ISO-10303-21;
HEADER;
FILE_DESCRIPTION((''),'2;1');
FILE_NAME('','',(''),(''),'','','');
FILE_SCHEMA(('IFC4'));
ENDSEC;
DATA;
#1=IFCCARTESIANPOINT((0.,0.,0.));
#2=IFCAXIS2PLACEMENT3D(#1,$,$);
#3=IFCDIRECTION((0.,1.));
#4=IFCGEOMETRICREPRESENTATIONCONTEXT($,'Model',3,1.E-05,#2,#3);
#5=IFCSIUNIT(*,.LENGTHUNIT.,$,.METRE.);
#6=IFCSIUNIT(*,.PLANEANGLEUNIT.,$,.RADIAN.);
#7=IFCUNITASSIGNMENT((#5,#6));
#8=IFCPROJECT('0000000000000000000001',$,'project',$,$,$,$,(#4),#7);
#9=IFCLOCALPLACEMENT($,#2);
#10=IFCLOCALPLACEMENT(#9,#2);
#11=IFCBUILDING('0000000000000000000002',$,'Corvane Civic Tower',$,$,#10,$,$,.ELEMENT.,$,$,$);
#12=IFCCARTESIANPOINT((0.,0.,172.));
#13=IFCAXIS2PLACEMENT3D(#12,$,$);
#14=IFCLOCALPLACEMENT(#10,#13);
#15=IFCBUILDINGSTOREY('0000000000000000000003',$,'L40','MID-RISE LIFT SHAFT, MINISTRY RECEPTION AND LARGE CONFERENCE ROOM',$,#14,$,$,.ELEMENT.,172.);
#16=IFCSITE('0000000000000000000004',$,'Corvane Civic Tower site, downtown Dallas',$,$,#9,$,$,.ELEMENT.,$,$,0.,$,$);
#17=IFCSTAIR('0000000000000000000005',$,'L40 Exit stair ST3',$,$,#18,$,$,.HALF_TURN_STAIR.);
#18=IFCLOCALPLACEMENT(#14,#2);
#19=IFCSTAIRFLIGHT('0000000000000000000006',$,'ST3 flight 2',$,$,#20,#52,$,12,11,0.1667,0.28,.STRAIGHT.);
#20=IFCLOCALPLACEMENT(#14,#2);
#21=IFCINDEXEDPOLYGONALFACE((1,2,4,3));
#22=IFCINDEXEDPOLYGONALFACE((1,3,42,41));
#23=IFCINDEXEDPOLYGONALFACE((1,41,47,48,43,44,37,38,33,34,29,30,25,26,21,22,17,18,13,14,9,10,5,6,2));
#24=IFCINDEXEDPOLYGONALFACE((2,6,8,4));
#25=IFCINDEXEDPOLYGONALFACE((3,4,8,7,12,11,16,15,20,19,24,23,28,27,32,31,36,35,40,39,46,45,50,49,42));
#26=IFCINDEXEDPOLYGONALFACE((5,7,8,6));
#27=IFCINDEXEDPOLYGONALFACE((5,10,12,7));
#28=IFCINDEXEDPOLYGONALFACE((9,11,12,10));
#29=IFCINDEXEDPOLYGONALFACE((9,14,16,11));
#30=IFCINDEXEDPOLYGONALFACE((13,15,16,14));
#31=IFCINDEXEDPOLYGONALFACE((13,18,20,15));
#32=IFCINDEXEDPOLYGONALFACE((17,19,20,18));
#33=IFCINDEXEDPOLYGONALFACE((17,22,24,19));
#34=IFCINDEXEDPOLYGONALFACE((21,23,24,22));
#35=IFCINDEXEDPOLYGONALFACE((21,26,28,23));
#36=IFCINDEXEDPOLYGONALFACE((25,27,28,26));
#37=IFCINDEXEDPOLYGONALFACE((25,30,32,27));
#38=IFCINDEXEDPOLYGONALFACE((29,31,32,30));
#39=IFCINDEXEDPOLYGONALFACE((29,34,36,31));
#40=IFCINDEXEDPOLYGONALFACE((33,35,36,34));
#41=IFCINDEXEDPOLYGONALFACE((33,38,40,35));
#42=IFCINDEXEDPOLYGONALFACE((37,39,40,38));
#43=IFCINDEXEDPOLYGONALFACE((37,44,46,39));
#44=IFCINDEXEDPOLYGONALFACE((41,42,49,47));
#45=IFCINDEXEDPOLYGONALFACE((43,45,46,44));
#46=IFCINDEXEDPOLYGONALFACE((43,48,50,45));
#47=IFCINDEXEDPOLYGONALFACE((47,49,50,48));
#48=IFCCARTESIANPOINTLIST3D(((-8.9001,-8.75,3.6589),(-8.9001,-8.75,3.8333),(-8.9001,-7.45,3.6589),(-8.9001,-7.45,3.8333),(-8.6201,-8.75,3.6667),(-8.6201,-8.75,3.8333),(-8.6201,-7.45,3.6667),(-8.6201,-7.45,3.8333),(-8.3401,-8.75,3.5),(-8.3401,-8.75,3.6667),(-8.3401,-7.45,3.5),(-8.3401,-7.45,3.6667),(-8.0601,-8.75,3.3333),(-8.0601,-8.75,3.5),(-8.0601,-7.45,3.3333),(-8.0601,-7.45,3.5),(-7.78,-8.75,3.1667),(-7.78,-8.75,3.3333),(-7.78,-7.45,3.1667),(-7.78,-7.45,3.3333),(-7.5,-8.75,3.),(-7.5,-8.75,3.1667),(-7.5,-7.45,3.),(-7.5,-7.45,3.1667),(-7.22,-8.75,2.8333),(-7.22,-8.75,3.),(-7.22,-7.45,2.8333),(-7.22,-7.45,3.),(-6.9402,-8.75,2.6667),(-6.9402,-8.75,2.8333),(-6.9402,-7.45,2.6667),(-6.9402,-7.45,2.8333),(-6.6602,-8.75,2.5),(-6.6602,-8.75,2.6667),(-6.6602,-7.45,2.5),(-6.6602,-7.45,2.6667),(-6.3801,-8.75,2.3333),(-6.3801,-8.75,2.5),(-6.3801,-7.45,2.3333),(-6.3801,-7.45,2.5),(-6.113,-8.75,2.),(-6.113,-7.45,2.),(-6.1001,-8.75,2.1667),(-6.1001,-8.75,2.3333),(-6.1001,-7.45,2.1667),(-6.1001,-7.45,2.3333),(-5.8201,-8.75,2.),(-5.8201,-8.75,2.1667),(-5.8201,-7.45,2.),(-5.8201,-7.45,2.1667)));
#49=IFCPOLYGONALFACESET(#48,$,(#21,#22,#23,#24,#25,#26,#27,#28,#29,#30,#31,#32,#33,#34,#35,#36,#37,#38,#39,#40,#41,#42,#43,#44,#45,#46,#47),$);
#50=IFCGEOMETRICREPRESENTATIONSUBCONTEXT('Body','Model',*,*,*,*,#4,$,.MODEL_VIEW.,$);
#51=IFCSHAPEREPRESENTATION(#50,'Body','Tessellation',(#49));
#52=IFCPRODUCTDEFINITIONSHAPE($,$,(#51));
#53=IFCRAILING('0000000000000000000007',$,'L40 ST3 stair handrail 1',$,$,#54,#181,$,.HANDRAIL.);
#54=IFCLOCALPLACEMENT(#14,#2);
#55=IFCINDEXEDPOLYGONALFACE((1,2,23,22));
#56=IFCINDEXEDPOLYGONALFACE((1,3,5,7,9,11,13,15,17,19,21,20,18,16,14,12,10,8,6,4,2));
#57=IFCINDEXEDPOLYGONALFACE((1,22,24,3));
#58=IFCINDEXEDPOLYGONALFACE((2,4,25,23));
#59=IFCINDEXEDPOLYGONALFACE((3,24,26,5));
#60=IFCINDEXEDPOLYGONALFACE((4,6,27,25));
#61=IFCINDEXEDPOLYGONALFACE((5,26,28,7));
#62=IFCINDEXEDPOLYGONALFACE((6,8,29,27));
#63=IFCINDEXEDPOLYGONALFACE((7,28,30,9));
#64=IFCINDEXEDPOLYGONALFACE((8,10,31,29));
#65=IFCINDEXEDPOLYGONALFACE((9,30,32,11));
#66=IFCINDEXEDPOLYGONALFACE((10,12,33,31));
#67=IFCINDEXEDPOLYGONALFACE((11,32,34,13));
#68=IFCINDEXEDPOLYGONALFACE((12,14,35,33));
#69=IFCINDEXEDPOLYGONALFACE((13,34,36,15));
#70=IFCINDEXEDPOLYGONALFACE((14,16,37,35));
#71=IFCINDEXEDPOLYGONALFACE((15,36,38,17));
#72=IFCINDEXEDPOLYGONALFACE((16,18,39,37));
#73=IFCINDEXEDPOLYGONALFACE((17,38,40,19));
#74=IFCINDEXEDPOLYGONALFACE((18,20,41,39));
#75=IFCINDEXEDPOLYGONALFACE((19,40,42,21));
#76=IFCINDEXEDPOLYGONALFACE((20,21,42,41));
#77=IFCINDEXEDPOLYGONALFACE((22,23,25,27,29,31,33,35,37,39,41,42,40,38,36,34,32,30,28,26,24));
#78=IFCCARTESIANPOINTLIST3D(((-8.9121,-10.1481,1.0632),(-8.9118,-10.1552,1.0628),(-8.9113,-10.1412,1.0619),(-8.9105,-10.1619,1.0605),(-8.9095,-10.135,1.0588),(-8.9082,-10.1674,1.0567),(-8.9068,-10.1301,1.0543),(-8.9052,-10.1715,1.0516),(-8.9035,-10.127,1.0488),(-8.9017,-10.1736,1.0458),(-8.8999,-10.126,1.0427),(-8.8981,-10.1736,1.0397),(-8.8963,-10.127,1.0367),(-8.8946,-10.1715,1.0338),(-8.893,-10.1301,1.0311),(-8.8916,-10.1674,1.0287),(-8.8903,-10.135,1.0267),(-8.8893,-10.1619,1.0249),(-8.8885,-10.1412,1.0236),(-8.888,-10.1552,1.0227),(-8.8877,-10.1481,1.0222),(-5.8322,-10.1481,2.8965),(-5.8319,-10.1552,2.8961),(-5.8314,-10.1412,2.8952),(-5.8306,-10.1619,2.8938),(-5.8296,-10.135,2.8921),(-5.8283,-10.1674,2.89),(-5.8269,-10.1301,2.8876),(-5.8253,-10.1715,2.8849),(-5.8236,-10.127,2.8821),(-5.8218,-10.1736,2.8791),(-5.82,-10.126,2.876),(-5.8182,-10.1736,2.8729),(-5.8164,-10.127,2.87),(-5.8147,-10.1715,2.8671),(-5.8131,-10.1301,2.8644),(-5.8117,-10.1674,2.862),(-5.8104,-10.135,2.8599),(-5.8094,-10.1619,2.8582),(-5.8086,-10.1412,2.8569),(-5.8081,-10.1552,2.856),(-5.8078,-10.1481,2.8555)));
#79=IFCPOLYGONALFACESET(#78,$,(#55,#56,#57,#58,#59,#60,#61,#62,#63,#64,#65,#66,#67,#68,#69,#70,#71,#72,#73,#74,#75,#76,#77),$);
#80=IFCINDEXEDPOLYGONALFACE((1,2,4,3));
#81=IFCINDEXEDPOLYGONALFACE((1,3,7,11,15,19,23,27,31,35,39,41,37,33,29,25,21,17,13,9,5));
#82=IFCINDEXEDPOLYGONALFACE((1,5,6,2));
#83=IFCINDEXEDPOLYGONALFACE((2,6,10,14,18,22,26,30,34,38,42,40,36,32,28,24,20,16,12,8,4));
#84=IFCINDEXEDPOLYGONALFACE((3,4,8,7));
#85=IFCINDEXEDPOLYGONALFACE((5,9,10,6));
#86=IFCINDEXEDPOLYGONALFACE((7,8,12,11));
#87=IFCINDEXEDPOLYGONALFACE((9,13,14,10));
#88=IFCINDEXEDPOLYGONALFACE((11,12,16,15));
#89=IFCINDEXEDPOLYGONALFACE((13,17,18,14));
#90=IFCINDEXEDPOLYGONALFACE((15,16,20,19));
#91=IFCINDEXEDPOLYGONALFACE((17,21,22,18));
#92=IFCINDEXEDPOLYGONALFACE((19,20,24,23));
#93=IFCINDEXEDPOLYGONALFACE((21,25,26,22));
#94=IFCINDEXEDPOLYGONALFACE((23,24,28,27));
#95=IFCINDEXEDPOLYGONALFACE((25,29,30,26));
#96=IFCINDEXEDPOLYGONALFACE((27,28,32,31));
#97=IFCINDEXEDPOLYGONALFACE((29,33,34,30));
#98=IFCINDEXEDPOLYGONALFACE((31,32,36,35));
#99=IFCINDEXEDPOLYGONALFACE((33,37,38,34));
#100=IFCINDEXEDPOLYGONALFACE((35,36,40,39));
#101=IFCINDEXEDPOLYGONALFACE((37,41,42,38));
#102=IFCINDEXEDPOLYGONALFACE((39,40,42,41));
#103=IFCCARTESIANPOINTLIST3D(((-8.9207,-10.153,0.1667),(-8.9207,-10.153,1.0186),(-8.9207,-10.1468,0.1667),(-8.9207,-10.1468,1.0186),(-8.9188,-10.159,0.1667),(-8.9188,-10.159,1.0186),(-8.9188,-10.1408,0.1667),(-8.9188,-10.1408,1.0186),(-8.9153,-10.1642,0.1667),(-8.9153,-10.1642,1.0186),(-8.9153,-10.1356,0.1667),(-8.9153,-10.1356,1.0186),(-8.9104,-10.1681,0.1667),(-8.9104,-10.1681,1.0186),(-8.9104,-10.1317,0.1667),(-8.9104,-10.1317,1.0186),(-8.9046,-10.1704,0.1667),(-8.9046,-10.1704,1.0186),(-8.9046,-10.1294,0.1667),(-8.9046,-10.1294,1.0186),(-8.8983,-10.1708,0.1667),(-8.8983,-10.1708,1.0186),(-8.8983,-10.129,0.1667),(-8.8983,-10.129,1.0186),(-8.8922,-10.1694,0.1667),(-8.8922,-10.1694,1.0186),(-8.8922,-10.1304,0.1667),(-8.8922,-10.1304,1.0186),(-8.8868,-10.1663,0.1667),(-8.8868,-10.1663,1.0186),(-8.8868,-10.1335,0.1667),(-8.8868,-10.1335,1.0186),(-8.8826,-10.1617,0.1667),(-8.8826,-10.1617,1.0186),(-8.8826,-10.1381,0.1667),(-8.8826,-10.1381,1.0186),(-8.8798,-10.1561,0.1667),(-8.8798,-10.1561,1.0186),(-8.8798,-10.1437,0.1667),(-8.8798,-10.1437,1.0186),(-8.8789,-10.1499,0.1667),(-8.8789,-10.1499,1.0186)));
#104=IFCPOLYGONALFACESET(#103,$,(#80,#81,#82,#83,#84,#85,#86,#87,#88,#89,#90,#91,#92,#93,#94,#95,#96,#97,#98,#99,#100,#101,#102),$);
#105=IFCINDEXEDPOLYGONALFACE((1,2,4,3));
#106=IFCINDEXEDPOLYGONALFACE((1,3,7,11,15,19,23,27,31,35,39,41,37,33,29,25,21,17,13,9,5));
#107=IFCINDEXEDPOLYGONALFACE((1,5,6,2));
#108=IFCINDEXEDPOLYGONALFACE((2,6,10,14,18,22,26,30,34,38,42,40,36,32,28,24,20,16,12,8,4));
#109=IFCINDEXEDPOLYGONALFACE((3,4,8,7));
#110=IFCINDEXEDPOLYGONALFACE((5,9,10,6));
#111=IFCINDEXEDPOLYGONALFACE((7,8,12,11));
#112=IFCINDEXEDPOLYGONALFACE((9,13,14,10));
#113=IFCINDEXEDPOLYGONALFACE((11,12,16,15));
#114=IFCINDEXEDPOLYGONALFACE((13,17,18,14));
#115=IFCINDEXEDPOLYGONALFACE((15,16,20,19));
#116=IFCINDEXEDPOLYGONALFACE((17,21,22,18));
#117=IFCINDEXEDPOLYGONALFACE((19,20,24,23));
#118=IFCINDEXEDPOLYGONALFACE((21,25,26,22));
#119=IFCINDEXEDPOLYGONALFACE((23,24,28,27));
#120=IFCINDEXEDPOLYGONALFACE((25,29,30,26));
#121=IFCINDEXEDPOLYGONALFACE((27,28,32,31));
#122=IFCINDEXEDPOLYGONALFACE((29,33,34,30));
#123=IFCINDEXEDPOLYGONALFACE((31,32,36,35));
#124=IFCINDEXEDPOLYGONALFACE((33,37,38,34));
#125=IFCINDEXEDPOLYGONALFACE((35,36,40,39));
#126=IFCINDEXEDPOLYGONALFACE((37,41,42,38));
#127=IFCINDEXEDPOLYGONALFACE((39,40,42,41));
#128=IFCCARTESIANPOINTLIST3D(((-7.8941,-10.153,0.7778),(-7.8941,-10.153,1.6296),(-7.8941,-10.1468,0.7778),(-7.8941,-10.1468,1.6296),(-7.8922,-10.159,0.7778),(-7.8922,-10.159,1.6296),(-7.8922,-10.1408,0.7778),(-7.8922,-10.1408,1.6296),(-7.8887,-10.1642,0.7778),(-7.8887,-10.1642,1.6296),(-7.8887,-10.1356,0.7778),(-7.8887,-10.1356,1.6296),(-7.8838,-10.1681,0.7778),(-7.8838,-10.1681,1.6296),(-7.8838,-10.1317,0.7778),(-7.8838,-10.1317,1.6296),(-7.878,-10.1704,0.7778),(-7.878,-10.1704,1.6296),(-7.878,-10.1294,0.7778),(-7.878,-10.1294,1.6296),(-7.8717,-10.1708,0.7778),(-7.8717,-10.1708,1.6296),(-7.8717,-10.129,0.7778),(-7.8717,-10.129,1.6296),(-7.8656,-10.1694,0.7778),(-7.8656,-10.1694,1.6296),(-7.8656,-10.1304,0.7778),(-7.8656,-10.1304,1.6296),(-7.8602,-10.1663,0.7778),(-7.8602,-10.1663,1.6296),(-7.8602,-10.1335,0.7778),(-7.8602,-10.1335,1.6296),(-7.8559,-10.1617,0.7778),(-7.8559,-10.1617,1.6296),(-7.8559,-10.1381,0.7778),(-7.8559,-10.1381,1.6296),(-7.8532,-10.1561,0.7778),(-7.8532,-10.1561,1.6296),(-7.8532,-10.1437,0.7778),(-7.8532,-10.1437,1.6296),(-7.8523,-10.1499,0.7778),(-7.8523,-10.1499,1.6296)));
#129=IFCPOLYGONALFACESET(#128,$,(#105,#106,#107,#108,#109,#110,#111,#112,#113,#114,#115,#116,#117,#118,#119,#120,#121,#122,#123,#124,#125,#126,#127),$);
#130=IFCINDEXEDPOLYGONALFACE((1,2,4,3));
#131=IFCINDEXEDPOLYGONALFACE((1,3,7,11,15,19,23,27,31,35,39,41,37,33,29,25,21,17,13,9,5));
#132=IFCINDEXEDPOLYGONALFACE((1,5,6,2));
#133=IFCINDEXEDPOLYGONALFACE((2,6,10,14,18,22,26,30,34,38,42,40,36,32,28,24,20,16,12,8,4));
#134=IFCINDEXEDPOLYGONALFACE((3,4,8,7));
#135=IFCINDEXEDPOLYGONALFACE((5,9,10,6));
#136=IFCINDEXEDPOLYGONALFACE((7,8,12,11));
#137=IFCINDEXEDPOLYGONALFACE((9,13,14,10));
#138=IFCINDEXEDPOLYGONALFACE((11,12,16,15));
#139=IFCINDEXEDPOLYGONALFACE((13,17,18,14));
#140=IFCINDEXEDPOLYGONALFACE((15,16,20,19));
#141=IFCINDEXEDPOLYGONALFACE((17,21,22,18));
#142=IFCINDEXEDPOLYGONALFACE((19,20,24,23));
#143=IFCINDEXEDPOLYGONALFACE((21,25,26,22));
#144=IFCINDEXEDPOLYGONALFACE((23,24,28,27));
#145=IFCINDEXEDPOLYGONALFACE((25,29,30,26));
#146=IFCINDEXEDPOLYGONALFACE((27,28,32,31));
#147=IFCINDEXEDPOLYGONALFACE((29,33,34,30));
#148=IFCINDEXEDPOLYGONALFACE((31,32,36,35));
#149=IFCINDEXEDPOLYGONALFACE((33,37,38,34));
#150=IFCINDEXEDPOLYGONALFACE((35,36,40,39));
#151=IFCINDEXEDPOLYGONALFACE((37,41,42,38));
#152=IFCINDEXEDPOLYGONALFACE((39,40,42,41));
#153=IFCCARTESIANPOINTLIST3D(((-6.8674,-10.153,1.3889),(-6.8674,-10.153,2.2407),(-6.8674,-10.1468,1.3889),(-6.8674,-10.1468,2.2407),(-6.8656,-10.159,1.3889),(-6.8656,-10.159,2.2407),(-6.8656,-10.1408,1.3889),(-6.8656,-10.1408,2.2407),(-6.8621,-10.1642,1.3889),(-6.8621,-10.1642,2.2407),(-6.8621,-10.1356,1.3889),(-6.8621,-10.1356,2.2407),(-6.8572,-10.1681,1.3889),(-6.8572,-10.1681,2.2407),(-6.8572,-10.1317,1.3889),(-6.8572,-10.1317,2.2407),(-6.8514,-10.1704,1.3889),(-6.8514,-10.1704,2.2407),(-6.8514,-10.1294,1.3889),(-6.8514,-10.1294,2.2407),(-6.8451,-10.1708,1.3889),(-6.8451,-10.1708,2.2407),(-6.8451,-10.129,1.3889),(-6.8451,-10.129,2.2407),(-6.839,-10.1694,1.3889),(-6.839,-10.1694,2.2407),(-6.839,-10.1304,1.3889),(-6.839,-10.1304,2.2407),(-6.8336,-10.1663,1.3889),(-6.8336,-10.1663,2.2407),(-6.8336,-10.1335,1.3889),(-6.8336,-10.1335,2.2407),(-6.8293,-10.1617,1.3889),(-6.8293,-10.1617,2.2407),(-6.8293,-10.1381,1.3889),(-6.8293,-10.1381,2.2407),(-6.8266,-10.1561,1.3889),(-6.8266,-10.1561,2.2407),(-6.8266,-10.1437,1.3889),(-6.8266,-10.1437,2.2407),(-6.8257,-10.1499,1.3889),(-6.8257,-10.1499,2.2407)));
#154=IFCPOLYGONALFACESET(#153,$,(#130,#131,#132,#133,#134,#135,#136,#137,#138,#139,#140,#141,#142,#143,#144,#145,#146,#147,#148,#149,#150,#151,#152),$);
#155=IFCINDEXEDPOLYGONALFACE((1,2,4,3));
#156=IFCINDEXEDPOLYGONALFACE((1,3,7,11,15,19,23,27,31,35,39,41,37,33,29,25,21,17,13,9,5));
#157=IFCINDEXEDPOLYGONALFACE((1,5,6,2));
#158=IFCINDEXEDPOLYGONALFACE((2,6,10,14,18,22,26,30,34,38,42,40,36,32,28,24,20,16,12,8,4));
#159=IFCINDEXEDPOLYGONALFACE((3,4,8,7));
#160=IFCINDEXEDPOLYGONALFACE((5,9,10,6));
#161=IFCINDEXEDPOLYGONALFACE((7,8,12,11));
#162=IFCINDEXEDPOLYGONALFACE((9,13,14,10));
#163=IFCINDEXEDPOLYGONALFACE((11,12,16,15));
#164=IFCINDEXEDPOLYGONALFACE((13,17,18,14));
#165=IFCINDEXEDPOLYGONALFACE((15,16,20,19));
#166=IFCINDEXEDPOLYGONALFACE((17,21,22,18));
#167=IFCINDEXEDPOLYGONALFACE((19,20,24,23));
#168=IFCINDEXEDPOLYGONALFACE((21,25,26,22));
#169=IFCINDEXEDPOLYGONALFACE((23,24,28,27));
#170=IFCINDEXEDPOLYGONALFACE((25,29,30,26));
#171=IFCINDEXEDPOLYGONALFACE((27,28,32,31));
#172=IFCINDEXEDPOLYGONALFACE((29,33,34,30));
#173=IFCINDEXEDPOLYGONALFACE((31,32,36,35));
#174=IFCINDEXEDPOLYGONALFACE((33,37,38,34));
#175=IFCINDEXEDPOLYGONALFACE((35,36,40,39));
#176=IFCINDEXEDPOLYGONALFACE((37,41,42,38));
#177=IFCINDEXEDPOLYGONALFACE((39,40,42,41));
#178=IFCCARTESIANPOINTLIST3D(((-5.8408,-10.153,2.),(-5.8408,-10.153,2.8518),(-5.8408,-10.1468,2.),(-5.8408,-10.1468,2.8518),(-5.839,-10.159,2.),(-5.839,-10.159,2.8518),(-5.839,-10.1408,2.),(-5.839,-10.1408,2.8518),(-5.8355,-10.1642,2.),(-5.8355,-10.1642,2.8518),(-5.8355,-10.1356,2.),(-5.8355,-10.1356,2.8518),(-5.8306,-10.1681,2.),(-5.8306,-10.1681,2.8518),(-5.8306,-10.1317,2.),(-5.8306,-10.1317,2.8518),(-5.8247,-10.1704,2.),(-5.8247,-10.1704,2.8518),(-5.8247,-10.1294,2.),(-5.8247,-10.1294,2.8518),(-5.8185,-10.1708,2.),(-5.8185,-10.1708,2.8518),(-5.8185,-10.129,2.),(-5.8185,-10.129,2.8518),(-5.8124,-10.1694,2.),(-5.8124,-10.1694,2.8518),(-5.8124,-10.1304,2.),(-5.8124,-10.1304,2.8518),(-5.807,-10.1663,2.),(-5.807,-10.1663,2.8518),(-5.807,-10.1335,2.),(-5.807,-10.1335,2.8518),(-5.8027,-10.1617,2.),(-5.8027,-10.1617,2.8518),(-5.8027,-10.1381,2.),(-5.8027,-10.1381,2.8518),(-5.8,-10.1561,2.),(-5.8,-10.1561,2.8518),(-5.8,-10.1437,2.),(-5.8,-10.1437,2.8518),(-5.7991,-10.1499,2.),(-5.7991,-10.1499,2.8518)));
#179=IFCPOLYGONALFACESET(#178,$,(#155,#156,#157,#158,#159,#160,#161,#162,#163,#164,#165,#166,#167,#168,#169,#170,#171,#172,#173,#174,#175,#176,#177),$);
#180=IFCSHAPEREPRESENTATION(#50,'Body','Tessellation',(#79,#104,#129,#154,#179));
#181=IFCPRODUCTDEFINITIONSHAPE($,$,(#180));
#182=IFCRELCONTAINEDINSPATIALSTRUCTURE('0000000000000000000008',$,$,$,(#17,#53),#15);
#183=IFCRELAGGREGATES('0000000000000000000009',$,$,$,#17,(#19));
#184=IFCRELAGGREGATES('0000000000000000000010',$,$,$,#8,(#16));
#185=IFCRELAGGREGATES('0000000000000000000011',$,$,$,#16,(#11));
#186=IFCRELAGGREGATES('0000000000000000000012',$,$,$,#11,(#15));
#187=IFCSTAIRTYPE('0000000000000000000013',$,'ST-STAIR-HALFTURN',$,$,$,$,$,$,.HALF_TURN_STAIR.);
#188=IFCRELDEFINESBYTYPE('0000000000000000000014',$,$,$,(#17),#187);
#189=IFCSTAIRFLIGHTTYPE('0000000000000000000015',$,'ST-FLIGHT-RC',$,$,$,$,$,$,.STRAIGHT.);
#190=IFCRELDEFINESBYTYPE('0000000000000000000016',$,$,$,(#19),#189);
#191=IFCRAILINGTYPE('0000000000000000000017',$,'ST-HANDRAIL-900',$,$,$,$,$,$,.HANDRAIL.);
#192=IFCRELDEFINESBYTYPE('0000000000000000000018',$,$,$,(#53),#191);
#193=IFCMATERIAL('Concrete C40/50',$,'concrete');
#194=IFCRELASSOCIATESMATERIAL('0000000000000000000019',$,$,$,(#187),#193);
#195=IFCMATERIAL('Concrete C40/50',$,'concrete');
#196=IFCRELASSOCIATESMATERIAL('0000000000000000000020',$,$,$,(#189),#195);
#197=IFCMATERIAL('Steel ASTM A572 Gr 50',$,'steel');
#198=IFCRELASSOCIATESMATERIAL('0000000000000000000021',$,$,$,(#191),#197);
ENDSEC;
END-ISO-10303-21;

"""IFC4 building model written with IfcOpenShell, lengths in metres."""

from ifc_helpers import new_model, si_unit, direction, frame, origin, origin_2d, place, context, subcontext, project, spatial, polyline, circle, outline, extrude, material, type_object, element, aggregate, save


model = new_model("IFC4")

# Units and contexts
model_context = context("Model", 3, precision=1e-05, world=origin(), true_north=direction((0.0, 1.0)))
body_context = subcontext(model_context, "Body", "Model", "MODEL_VIEW")
ifc_project = project(units=[si_unit("LENGTHUNIT", "METRE"), si_unit("PLANEANGLEUNIT", "RADIAN")], contexts=[model_context])

# Site, building, storey
site_placement = place(None, origin())
site = spatial("IfcSite", under=ifc_project, at=site_placement, Name="Corvane Civic Tower site, downtown Dallas", CompositionType="ELEMENT", RefElevation=0.0)
building_placement = place(site_placement, origin())
building = spatial("IfcBuilding", under=site, at=building_placement, Name="Corvane Civic Tower", CompositionType="ELEMENT")
storey_placement = place(building_placement, frame((0.0, 0.0, 172.0)))
storey = spatial("IfcBuildingStorey", under=building, at=storey_placement, Name="L40", Description="MID-RISE LIFT SHAFT, MINISTRY RECEPTION AND LARGE CONFERENCE ROOM", CompositionType="ELEMENT", Elevation=172.0)

# Shared definitions
ifc_material_1 = material(Name="Concrete C40/50", Category="concrete")
stair_type = type_object("IfcStairType", Name="ST-STAIR-HALFTURN", PredefinedType="HALF_TURN_STAIR", material=ifc_material_1)

# Stair, stair flight
stair_1_placement = place(storey_placement, origin())
stair_1 = element("IfcStair", 1, at=stair_1_placement, inside=storey, type_object=stair_type, Name="L40 Exit stair ST3", PredefinedType="HALF_TURN_STAIR")
ifc_material_2 = material(Name="Concrete C40/50", Category="concrete")
stair_flight_type = type_object("IfcStairFlightType", Name="ST-FLIGHT-RC", PredefinedType="STRAIGHT", material=ifc_material_2)
stair_flight_1_placement = place(storey_placement, frame((-5.8201, -8.1001, 2.0), z_axis=(0.0, 0.0, 1.0), x_axis=(-1.0, 0.0, 0.0)))
stair_flight_1 = element("IfcStairFlight", 2, at=stair_flight_1_placement, type_object=stair_flight_type, Name="ST3 flight 2", NumberOfRisers=12, NumberOfTreads=11, PredefinedType="STRAIGHT", RiserHeight=0.1667, TreadLength=0.28, context=body_context, shape_type="SweptSolid", body=[
    extrude(outline(polyline([(0.0, 0.0), (0.0, 0.1667), (0.28, 0.1667), (0.28, 0.3333), (0.5601, 0.3333), (0.5601, 0.5), (0.8401, 0.5), (0.8401, 0.6667), (1.1201, 0.6667), (1.1201, 0.8333), (1.3999, 0.8333), (1.3999, 1.0), (1.6799, 1.0), (1.6799, 1.1667), (1.96, 1.1667), (1.96, 1.3333), (2.24, 1.3333), (2.24, 1.5), (2.52, 1.5), (2.52, 1.6667), (2.8, 1.6667), (2.8, 1.8333), (3.0801, 1.8333), (3.0801, 2.0), (3.0801, 1.6589), (0.293, 0.0), (0.0, 0.0)])), frame((0.0, 0.6499, 0.0), z_axis=(0.0, -1.0, 0.0), x_axis=(1.0, 0.0, 0.0)), (0.0, 0.0, 1.0), 1.3),
])
aggregate(stair_1, [stair_flight_1])

# Railing
ifc_material_3 = material(Name="Steel ASTM A572 Gr 50", Category="steel")
railing_type = type_object("IfcRailingType", Name="ST-HANDRAIL-900", PredefinedType="HANDRAIL", material=ifc_material_3)
railing_1_placement = place(storey_placement, frame((-8.8999, -10.1499, 0.1667)))
element("IfcRailing", 3, at=railing_1_placement, inside=storey, type_object=railing_type, Name="L40 ST3 stair handrail 1", PredefinedType="HANDRAIL", context=body_context, shape_type="SweptSolid", body=[
    extrude(circle(Radius=0.0239, at=origin_2d()), frame((0.0, 0.0, 0.876), z_axis=(0.859291, 0.0, 0.511487), x_axis=(0.0, 1.0, 0.0)), (0.0, 0.0, 1.0), 3.5842),
    extrude(circle(Radius=0.021, at=origin_2d()), origin(), (0.0, 0.0, 1.0), 0.8518),
    extrude(circle(Radius=0.021, at=origin_2d()), frame((1.0266, 0.0, 0.6111)), (0.0, 0.0, 1.0), 0.8518),
    extrude(circle(Radius=0.021, at=origin_2d()), frame((2.0532, 0.0, 1.2222)), (0.0, 0.0, 1.0), 0.8518),
    extrude(circle(Radius=0.021, at=origin_2d()), frame((3.0798, 0.0, 1.8333)), (0.0, 0.0, 1.0), 0.8518),
])

save(model, "model.ifc")
